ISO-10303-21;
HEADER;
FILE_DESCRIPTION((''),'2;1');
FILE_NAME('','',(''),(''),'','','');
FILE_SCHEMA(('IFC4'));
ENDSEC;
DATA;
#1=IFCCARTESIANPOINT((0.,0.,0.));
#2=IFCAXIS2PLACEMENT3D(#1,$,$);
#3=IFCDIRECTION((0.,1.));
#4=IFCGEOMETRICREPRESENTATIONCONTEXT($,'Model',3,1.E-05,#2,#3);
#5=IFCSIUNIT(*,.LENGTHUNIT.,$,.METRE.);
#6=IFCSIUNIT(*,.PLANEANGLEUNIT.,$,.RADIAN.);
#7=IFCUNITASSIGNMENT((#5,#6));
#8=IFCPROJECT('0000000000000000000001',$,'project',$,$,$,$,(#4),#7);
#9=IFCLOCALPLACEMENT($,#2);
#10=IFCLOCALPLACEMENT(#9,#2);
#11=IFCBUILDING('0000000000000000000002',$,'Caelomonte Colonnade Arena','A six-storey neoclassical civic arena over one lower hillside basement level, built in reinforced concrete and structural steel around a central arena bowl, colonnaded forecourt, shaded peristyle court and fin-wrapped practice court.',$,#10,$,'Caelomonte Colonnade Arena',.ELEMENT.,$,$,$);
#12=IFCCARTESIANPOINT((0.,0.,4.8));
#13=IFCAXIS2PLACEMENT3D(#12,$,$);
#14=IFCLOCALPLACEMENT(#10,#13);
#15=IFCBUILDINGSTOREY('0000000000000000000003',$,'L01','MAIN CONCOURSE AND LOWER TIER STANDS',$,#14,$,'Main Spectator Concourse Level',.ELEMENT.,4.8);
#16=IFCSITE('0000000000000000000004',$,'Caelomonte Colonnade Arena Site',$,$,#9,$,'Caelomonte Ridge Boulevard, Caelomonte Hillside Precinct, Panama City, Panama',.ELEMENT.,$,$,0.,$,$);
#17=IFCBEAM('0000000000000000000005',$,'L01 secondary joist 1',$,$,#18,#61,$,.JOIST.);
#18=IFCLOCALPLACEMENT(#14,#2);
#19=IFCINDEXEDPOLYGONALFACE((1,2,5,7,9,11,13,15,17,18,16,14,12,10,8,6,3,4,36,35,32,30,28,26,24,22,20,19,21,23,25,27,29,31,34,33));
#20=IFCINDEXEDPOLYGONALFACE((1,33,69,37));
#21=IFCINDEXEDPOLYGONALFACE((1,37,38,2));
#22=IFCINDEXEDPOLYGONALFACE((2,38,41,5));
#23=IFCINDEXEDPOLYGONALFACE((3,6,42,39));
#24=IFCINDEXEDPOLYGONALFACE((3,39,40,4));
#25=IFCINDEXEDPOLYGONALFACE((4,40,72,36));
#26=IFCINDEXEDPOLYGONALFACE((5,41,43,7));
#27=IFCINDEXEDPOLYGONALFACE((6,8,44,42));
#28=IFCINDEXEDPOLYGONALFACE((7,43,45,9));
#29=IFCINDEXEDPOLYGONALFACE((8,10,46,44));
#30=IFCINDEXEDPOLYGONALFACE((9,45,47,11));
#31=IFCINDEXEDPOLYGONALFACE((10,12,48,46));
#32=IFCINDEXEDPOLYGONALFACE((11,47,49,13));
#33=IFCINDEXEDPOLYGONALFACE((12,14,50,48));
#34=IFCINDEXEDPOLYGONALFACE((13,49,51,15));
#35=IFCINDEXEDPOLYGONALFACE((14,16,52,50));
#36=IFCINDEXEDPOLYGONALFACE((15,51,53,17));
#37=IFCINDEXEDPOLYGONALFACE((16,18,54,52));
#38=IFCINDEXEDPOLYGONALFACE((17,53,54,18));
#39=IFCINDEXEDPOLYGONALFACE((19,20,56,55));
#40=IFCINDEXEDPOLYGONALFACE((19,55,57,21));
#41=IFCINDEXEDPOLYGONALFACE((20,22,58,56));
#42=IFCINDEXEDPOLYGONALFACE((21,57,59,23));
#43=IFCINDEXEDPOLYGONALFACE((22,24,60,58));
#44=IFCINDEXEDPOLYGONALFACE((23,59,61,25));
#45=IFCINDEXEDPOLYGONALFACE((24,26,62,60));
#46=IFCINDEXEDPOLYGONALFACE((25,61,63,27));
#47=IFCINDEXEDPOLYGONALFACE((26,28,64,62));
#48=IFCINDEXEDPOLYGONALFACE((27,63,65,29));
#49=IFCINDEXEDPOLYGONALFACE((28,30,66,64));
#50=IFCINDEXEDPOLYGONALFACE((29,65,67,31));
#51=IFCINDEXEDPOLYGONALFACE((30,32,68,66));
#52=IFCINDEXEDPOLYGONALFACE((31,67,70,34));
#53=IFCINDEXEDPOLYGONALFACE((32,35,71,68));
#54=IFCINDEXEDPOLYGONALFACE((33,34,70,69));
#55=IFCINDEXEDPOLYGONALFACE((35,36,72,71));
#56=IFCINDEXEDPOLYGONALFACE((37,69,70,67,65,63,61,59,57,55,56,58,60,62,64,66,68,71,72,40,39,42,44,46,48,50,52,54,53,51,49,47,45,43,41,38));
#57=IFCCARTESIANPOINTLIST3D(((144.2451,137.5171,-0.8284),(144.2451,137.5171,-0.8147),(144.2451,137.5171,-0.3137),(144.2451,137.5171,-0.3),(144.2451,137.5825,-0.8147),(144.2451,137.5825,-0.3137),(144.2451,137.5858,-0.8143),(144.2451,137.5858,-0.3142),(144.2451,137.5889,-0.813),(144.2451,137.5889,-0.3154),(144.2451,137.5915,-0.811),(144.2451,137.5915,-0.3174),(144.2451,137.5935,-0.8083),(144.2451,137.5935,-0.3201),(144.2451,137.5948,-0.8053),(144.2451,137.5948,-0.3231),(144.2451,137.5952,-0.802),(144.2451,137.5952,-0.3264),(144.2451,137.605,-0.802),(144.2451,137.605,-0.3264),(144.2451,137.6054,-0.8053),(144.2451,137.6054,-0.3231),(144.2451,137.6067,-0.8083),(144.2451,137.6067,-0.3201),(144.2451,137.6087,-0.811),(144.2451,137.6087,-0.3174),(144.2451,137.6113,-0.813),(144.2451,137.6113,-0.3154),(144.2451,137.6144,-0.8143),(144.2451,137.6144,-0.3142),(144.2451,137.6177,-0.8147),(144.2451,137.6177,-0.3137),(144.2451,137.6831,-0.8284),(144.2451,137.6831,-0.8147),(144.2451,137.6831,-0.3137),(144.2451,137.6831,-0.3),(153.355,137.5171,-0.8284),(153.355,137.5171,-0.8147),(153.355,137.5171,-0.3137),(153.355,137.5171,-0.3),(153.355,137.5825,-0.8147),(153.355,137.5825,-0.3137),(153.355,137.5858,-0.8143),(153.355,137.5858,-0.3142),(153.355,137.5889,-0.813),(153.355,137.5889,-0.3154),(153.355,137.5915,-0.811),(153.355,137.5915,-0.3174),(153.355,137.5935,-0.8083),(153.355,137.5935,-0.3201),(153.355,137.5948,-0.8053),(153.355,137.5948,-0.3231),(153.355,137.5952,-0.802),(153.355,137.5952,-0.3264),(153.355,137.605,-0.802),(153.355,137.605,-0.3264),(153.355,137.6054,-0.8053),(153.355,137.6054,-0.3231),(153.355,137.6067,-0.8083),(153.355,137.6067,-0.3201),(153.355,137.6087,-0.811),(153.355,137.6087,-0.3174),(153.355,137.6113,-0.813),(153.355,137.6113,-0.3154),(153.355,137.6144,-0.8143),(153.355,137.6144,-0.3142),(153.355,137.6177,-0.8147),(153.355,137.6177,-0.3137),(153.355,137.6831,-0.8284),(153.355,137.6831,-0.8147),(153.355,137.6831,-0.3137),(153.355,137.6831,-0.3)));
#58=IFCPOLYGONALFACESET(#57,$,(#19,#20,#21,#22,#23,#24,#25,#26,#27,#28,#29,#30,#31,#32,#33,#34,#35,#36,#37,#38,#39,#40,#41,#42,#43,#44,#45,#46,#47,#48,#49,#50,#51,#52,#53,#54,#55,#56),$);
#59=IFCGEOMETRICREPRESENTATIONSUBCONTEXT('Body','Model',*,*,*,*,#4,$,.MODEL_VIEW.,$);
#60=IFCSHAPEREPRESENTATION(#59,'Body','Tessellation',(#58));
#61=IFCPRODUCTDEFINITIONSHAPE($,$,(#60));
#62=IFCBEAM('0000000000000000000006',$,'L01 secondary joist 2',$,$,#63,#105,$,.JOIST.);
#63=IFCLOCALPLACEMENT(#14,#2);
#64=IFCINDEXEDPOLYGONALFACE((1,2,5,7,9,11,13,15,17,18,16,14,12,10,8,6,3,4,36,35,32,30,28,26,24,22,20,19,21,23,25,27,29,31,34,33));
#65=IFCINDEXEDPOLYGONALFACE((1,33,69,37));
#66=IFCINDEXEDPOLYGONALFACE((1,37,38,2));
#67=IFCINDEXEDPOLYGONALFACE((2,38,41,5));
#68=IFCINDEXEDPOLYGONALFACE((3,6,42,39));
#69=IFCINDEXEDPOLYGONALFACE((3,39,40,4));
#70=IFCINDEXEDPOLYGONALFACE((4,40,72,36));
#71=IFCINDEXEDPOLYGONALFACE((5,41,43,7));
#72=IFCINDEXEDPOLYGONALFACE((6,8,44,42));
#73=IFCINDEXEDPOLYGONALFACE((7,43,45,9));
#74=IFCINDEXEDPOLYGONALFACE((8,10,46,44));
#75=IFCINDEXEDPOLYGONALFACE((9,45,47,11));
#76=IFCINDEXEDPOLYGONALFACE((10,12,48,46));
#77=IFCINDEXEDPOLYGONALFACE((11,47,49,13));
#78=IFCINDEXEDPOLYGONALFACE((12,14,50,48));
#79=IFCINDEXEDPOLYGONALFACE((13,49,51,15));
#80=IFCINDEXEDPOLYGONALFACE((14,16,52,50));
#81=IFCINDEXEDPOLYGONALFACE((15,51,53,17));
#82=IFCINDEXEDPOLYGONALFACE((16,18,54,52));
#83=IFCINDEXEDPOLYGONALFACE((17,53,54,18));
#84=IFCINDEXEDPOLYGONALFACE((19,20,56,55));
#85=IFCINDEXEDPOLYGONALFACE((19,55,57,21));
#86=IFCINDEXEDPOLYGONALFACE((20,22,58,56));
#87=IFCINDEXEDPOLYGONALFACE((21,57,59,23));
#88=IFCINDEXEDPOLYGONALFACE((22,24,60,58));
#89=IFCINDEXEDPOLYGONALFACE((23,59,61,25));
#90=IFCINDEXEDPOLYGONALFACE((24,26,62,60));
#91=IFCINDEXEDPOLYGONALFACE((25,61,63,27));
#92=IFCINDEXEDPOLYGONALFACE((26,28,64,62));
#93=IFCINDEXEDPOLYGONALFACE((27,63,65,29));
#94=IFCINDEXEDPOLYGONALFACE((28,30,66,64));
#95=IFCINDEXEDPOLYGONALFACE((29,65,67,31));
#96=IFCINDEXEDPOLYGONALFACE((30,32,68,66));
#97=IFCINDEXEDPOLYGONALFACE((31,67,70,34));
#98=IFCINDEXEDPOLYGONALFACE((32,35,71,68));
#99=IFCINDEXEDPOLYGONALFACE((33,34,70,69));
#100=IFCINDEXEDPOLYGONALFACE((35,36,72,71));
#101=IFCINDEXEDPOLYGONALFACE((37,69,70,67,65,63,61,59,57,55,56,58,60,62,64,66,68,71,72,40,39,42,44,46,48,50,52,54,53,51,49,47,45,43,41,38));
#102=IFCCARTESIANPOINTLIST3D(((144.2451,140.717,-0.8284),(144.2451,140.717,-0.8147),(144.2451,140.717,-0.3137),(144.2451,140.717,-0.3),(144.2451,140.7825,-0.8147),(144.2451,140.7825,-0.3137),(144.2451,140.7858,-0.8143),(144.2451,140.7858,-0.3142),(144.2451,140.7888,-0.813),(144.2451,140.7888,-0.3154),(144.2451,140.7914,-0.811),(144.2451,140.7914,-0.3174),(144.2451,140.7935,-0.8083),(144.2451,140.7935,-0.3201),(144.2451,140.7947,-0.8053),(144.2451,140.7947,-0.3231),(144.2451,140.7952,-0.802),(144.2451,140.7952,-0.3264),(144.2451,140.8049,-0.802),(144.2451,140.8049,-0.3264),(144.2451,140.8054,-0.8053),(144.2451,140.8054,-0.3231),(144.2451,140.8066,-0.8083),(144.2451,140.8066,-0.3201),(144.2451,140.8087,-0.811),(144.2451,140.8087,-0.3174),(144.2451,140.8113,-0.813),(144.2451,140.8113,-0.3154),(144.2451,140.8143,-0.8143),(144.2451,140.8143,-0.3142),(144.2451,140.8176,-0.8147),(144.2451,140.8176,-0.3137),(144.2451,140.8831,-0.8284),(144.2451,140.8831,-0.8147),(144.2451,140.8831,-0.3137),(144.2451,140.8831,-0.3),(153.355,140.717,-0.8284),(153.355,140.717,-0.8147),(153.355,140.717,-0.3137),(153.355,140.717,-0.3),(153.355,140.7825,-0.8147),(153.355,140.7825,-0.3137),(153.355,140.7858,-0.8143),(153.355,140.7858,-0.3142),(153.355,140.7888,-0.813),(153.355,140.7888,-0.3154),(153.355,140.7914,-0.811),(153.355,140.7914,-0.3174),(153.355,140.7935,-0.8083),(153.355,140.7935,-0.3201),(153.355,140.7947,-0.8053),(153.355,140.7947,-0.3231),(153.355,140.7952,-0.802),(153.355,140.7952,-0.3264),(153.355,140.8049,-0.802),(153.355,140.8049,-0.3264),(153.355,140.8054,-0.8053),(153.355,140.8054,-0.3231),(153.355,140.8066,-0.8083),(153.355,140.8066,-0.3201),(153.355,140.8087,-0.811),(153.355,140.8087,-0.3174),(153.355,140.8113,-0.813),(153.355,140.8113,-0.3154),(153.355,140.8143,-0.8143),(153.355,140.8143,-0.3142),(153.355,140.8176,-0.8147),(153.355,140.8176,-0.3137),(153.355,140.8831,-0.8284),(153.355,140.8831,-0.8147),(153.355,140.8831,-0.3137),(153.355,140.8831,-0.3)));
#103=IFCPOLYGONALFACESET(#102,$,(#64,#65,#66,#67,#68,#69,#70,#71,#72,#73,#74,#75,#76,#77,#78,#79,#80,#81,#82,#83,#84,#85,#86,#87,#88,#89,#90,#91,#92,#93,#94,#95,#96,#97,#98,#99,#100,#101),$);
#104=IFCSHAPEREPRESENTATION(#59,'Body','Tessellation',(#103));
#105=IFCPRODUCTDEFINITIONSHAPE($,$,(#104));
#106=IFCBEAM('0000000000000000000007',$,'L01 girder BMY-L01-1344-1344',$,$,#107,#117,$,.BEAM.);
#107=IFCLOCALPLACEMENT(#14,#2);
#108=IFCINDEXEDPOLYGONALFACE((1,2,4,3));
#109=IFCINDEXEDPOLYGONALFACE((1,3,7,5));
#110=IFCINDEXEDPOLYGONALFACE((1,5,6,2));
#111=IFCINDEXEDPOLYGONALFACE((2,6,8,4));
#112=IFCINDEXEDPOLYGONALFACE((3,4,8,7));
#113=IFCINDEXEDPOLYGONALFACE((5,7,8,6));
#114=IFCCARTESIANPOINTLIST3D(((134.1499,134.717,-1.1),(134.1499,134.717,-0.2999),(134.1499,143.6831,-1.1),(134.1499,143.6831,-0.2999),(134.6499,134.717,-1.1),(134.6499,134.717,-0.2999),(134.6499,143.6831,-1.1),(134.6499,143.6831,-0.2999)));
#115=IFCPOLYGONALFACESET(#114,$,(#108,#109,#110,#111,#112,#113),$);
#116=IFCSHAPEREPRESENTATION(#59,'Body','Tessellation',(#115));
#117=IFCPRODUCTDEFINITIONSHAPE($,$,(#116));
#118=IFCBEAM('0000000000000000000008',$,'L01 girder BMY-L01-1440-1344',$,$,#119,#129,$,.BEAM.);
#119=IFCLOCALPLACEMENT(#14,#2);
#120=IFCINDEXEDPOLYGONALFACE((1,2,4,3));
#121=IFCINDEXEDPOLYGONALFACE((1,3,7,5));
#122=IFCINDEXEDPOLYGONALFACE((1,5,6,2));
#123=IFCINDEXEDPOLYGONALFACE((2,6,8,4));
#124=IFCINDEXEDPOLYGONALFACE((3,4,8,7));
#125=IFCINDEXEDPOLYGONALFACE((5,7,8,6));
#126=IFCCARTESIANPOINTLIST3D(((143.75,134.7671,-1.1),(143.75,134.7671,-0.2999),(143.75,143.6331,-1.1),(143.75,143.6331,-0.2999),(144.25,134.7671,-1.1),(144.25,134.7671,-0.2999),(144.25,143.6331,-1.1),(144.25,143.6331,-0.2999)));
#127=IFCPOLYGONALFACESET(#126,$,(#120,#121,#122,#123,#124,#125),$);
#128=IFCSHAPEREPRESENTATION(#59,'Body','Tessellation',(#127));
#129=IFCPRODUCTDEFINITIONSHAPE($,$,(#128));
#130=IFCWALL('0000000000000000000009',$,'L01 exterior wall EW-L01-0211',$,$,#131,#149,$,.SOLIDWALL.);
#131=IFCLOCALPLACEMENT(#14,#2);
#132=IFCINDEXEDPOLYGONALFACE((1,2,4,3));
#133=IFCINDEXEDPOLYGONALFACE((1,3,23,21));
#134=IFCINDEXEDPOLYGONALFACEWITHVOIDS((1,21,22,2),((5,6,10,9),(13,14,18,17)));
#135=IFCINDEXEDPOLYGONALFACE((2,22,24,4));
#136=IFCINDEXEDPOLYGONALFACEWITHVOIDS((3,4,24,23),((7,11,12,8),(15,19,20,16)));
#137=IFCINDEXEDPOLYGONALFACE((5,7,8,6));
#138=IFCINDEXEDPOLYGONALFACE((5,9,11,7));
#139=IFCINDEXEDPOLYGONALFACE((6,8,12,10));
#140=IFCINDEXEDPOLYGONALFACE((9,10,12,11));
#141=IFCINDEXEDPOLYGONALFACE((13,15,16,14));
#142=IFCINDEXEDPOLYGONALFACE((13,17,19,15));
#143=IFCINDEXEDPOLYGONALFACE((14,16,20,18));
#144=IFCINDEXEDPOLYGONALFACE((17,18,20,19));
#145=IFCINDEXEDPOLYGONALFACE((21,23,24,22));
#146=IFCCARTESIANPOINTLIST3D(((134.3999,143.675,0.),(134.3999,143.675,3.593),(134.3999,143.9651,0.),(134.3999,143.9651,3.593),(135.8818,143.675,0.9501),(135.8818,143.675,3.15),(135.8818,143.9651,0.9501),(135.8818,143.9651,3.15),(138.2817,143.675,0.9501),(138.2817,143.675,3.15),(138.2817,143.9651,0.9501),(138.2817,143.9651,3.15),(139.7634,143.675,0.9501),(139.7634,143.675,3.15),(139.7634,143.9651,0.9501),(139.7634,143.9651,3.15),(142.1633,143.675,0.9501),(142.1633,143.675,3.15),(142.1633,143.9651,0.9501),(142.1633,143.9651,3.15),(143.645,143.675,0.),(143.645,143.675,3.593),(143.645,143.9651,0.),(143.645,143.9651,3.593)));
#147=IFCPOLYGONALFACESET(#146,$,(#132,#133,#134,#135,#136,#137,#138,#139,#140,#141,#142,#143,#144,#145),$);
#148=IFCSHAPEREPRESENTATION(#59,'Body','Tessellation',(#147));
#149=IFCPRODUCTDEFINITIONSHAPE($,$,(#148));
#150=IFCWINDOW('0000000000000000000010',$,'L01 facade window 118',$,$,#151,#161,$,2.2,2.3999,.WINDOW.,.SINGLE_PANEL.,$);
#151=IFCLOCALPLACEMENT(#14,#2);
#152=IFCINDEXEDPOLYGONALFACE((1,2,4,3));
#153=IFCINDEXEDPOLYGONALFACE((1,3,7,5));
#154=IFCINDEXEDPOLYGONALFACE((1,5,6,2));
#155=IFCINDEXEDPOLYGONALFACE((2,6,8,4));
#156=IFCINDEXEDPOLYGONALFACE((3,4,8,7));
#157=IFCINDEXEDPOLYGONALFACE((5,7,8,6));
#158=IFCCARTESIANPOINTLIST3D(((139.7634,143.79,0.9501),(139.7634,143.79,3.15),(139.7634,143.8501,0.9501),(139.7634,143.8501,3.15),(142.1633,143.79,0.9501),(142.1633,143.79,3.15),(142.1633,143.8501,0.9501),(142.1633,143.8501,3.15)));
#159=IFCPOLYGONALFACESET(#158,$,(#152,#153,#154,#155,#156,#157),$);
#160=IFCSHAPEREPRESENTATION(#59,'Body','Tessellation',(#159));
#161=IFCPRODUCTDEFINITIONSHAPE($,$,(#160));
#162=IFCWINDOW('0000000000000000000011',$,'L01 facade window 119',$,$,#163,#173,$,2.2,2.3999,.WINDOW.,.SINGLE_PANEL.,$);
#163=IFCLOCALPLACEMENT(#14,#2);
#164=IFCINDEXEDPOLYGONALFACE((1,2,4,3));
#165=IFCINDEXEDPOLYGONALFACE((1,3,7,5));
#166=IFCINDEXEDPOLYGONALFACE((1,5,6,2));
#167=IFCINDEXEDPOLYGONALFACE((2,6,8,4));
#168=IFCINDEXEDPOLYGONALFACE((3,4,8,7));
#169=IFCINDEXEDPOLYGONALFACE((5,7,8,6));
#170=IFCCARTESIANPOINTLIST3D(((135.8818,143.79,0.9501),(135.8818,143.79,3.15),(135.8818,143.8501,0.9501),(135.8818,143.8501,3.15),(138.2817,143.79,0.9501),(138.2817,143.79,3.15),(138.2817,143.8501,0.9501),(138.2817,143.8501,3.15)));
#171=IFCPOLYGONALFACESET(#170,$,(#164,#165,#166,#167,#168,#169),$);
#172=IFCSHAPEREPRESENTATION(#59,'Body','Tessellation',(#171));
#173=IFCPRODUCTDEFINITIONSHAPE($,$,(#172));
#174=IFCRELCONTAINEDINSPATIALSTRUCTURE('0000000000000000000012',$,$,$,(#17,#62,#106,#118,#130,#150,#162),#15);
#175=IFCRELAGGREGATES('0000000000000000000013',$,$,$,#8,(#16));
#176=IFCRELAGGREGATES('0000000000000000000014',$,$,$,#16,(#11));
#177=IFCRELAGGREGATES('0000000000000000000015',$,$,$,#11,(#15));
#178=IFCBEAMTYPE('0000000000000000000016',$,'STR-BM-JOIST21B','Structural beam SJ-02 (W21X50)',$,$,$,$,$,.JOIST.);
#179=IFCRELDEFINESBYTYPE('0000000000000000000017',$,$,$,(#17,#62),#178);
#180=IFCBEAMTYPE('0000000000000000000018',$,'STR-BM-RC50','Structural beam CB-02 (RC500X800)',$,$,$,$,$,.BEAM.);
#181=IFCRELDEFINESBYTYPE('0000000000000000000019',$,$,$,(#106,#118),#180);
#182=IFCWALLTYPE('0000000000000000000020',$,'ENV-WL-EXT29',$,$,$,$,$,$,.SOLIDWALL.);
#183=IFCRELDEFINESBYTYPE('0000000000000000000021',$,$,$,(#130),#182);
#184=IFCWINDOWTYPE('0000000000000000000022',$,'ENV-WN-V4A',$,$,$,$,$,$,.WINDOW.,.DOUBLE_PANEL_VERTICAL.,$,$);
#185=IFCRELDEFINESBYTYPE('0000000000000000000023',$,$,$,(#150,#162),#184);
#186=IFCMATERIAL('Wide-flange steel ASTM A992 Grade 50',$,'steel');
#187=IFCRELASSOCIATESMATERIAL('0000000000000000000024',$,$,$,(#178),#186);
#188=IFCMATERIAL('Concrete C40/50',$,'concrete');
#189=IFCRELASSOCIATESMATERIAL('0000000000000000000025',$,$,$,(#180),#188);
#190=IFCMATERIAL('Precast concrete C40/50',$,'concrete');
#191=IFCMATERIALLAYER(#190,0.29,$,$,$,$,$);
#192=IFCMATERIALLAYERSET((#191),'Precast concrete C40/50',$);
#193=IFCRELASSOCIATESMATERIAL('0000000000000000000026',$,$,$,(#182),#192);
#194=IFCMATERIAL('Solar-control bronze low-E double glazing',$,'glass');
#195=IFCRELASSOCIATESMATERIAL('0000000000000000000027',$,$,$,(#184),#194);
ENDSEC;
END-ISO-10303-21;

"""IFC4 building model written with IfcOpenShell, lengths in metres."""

from ifc_helpers import new_model, si_unit, direction, frame, frame_2d, origin, origin_2d, place, context, subcontext, project, spatial, rectangle, i_section, extrude, material, layer, layer_set, material_profile, profile_set, type_object, element, fill, save


model = new_model("IFC4")

# Units and contexts
model_context = context("Model", 3, precision=1e-05, world=origin(), true_north=direction((0.0, 1.0)))
body_context = subcontext(model_context, "Body", "Model", "MODEL_VIEW")
ifc_project = project(units=[si_unit("LENGTHUNIT", "METRE"), si_unit("PLANEANGLEUNIT", "RADIAN")], contexts=[model_context])

# Site, building, storey
site_placement = place(None, origin())
site = spatial("IfcSite", under=ifc_project, at=site_placement, Name="Caelomonte Colonnade Arena Site", LongName="Caelomonte Ridge Boulevard, Caelomonte Hillside Precinct, Panama City, Panama", CompositionType="ELEMENT", RefElevation=0.0)
building_placement = place(site_placement, origin())
building = spatial("IfcBuilding", under=site, at=building_placement, Name="Caelomonte Colonnade Arena", Description="A six-storey neoclassical civic arena over one lower hillside basement level, built in reinforced concrete and structural steel around a central arena bowl, colonnaded forecourt, shaded peristyle court and fin-wrapped practice court.", LongName="Caelomonte Colonnade Arena", CompositionType="ELEMENT")
storey_placement = place(building_placement, frame((0.0, 0.0, 4.8)))
storey = spatial("IfcBuildingStorey", under=building, at=storey_placement, Name="L01", Description="MAIN CONCOURSE AND LOWER TIER STANDS", LongName="Main Spectator Concourse Level", CompositionType="ELEMENT", Elevation=4.8)

# Shared definitions
ifc_material_1 = material(Name="Concrete C40/50", Category="concrete")

# Beams
ifc_material_2 = material(Name="Wide-flange steel ASTM A992 Grade 50", Category="steel")
ifc_material_profile_1 = material_profile(ifc_material_2, i_section(OverallWidth=0.166, OverallDepth=0.5283, WebThickness=0.0098, FlangeThickness=0.0137, FilletRadius=0.0127, at=origin_2d()), Name="W21X50")
ifc_profile_set_1 = profile_set([ifc_material_profile_1], Name="Wide-flange steel ASTM A992 Grade 50")
beam_type_1 = type_object("IfcBeamType", Name="STR-BM-JOIST21B", Description="Structural beam SJ-02 (W21X50)", PredefinedType="JOIST", material=ifc_profile_set_1)
for number, where, z_axis, x_axis, name in (
    (1, (144.2451, 137.6001, -0.5642), (1.0, 0.0, 0.0), (0.0, 1.0, 0.0), "L01 secondary joist 1"),
    (2, (144.2451, 140.8, -0.5642), (1.0, 0.0, 0.0), (0.0, 1.0, 0.0), "L01 secondary joist 2"),
):
    element("IfcBeam", number, at=place(storey_placement, frame(where, z_axis=z_axis, x_axis=x_axis)), inside=storey, type_object=beam_type_1, Name=name, PredefinedType="JOIST", context=body_context, shape_type="SweptSolid", body=[
        extrude(i_section(OverallWidth=0.166, OverallDepth=0.5283, WebThickness=0.0098, FlangeThickness=0.0137, FilletRadius=0.0127, at=origin_2d()), origin(), (0.0, 0.0, 1.0), 9.1099),
    ])
ifc_material_profile_2 = material_profile(ifc_material_1, rectangle(XDim=0.5, YDim=0.8, at=origin_2d()), Name="RC500X800")
ifc_profile_set_2 = profile_set([ifc_material_profile_2], Name="Concrete C40/50")
beam_type_2 = type_object("IfcBeamType", Name="STR-BM-RC50", Description="Structural beam CB-02 (RC500X800)", PredefinedType="BEAM", material=ifc_profile_set_2)
beam_1_placement = place(storey_placement, frame((134.3999, 134.717, -0.7), z_axis=(0.0, 1.0, 0.0), x_axis=(-1.0, 0.0, 0.0)))
element("IfcBeam", 3, at=beam_1_placement, inside=storey, type_object=beam_type_2, Name="L01 girder BMY-L01-1344-1344", PredefinedType="BEAM", context=body_context, shape_type="SweptSolid", body=[
    extrude(rectangle(XDim=0.5, YDim=0.8, at=origin_2d()), origin(), (0.0, 0.0, 1.0), 8.9661),
])
beam_2_placement = place(storey_placement, frame((144.0, 134.7671, -0.7), z_axis=(0.0, 1.0, 0.0), x_axis=(-1.0, 0.0, 0.0)))
element("IfcBeam", 4, at=beam_2_placement, inside=storey, type_object=beam_type_2, Name="L01 girder BMY-L01-1440-1344", PredefinedType="BEAM", context=body_context, shape_type="SweptSolid", body=[
    extrude(rectangle(XDim=0.5, YDim=0.8, at=origin_2d()), origin(), (0.0, 0.0, 1.0), 8.866),
])

# Wall, openings, windows
ifc_material_3 = material(Name="Precast concrete C40/50", Category="concrete")
ifc_layer_1 = layer(ifc_material_3, 0.29)
ifc_layer_set_1 = layer_set([ifc_layer_1], Name="Precast concrete C40/50")
wall_type_1 = type_object("IfcWallType", Name="ENV-WL-EXT29", PredefinedType="SOLIDWALL", material=ifc_layer_set_1)
wall_1_placement = place(storey_placement, frame((143.645, 143.8201, 0.0), z_axis=(0.0, 0.0, 1.0), x_axis=(-1.0, 0.0, 0.0)))
wall_1 = element("IfcWall", 5, at=wall_1_placement, inside=storey, type_object=wall_type_1, Name="L01 exterior wall EW-L01-0211", PredefinedType="SOLIDWALL", context=body_context, shape_type="SweptSolid", body=[
    extrude(rectangle(XDim=9.2451, YDim=0.29, at=frame_2d((4.6226, 0.0))), origin(), (0.0, 0.0, 1.0), 3.593),
])
opening_1_placement = place(wall_1_placement, frame((3.8816, 0.0, 0.95), z_axis=(0.0, 0.0, 1.0), x_axis=(-1.0, 0.0, 0.0)))
opening_1 = element("IfcOpeningElement", 6, at=opening_1_placement, cuts=wall_1, PredefinedType="OPENING", context=body_context, shape_type="SweptSolid", body=[
    extrude(rectangle(XDim=2.3999, YDim=2.2, at=frame_2d((1.2, 1.1001))), frame((0.0, 0.155, 0.0), z_axis=(0.0, -1.0, 0.0), x_axis=(1.0, 0.0, 0.0)), (0.0, 0.0, 1.0), 0.3101),
])
opening_2_placement = place(wall_1_placement, frame((7.7632, 0.0, 0.95), z_axis=(0.0, 0.0, 1.0), x_axis=(-1.0, 0.0, 0.0)))
opening_2 = element("IfcOpeningElement", 7, at=opening_2_placement, cuts=wall_1, PredefinedType="OPENING", context=body_context, shape_type="SweptSolid", body=[
    extrude(rectangle(XDim=2.3999, YDim=2.2, at=frame_2d((1.2, 1.1001))), frame((0.0, 0.155, 0.0), z_axis=(0.0, -1.0, 0.0), x_axis=(1.0, 0.0, 0.0)), (0.0, 0.0, 1.0), 0.3101),
])
ifc_material_4 = material(Name="Solar-control bronze low-E double glazing", Category="glass")
window_type = type_object("IfcWindowType", Name="ENV-WN-V4A", PartitioningType="DOUBLE_PANEL_VERTICAL", PredefinedType="WINDOW", material=ifc_material_4)
window_1_placement = place(opening_1_placement, origin())
window_1 = element("IfcWindow", 8, at=window_1_placement, inside=storey, type_object=window_type, Name="L01 facade window 118", OverallHeight=2.2, OverallWidth=2.3999, PartitioningType="SINGLE_PANEL", PredefinedType="WINDOW", context=body_context, shape_type="SweptSolid", body=[
    extrude(rectangle(XDim=2.3999, YDim=2.2, at=frame_2d((1.2, 1.1001))), frame((0.0, 0.03, 0.0), z_axis=(0.0, -1.0, 0.0), x_axis=(1.0, 0.0, 0.0)), (0.0, 0.0, 1.0), 0.0601),
])
fill(opening_1, window_1)
window_2_placement = place(opening_2_placement, origin())
window_2 = element("IfcWindow", 9, at=window_2_placement, inside=storey, type_object=window_type, Name="L01 facade window 119", OverallHeight=2.2, OverallWidth=2.3999, PartitioningType="SINGLE_PANEL", PredefinedType="WINDOW", context=body_context, shape_type="SweptSolid", body=[
    extrude(rectangle(XDim=2.3999, YDim=2.2, at=frame_2d((1.2, 1.1001))), frame((0.0, 0.03, 0.0), z_axis=(0.0, -1.0, 0.0), x_axis=(1.0, 0.0, 0.0)), (0.0, 0.0, 1.0), 0.0601),
])
fill(opening_2, window_2)

save(model, "model.ifc")
